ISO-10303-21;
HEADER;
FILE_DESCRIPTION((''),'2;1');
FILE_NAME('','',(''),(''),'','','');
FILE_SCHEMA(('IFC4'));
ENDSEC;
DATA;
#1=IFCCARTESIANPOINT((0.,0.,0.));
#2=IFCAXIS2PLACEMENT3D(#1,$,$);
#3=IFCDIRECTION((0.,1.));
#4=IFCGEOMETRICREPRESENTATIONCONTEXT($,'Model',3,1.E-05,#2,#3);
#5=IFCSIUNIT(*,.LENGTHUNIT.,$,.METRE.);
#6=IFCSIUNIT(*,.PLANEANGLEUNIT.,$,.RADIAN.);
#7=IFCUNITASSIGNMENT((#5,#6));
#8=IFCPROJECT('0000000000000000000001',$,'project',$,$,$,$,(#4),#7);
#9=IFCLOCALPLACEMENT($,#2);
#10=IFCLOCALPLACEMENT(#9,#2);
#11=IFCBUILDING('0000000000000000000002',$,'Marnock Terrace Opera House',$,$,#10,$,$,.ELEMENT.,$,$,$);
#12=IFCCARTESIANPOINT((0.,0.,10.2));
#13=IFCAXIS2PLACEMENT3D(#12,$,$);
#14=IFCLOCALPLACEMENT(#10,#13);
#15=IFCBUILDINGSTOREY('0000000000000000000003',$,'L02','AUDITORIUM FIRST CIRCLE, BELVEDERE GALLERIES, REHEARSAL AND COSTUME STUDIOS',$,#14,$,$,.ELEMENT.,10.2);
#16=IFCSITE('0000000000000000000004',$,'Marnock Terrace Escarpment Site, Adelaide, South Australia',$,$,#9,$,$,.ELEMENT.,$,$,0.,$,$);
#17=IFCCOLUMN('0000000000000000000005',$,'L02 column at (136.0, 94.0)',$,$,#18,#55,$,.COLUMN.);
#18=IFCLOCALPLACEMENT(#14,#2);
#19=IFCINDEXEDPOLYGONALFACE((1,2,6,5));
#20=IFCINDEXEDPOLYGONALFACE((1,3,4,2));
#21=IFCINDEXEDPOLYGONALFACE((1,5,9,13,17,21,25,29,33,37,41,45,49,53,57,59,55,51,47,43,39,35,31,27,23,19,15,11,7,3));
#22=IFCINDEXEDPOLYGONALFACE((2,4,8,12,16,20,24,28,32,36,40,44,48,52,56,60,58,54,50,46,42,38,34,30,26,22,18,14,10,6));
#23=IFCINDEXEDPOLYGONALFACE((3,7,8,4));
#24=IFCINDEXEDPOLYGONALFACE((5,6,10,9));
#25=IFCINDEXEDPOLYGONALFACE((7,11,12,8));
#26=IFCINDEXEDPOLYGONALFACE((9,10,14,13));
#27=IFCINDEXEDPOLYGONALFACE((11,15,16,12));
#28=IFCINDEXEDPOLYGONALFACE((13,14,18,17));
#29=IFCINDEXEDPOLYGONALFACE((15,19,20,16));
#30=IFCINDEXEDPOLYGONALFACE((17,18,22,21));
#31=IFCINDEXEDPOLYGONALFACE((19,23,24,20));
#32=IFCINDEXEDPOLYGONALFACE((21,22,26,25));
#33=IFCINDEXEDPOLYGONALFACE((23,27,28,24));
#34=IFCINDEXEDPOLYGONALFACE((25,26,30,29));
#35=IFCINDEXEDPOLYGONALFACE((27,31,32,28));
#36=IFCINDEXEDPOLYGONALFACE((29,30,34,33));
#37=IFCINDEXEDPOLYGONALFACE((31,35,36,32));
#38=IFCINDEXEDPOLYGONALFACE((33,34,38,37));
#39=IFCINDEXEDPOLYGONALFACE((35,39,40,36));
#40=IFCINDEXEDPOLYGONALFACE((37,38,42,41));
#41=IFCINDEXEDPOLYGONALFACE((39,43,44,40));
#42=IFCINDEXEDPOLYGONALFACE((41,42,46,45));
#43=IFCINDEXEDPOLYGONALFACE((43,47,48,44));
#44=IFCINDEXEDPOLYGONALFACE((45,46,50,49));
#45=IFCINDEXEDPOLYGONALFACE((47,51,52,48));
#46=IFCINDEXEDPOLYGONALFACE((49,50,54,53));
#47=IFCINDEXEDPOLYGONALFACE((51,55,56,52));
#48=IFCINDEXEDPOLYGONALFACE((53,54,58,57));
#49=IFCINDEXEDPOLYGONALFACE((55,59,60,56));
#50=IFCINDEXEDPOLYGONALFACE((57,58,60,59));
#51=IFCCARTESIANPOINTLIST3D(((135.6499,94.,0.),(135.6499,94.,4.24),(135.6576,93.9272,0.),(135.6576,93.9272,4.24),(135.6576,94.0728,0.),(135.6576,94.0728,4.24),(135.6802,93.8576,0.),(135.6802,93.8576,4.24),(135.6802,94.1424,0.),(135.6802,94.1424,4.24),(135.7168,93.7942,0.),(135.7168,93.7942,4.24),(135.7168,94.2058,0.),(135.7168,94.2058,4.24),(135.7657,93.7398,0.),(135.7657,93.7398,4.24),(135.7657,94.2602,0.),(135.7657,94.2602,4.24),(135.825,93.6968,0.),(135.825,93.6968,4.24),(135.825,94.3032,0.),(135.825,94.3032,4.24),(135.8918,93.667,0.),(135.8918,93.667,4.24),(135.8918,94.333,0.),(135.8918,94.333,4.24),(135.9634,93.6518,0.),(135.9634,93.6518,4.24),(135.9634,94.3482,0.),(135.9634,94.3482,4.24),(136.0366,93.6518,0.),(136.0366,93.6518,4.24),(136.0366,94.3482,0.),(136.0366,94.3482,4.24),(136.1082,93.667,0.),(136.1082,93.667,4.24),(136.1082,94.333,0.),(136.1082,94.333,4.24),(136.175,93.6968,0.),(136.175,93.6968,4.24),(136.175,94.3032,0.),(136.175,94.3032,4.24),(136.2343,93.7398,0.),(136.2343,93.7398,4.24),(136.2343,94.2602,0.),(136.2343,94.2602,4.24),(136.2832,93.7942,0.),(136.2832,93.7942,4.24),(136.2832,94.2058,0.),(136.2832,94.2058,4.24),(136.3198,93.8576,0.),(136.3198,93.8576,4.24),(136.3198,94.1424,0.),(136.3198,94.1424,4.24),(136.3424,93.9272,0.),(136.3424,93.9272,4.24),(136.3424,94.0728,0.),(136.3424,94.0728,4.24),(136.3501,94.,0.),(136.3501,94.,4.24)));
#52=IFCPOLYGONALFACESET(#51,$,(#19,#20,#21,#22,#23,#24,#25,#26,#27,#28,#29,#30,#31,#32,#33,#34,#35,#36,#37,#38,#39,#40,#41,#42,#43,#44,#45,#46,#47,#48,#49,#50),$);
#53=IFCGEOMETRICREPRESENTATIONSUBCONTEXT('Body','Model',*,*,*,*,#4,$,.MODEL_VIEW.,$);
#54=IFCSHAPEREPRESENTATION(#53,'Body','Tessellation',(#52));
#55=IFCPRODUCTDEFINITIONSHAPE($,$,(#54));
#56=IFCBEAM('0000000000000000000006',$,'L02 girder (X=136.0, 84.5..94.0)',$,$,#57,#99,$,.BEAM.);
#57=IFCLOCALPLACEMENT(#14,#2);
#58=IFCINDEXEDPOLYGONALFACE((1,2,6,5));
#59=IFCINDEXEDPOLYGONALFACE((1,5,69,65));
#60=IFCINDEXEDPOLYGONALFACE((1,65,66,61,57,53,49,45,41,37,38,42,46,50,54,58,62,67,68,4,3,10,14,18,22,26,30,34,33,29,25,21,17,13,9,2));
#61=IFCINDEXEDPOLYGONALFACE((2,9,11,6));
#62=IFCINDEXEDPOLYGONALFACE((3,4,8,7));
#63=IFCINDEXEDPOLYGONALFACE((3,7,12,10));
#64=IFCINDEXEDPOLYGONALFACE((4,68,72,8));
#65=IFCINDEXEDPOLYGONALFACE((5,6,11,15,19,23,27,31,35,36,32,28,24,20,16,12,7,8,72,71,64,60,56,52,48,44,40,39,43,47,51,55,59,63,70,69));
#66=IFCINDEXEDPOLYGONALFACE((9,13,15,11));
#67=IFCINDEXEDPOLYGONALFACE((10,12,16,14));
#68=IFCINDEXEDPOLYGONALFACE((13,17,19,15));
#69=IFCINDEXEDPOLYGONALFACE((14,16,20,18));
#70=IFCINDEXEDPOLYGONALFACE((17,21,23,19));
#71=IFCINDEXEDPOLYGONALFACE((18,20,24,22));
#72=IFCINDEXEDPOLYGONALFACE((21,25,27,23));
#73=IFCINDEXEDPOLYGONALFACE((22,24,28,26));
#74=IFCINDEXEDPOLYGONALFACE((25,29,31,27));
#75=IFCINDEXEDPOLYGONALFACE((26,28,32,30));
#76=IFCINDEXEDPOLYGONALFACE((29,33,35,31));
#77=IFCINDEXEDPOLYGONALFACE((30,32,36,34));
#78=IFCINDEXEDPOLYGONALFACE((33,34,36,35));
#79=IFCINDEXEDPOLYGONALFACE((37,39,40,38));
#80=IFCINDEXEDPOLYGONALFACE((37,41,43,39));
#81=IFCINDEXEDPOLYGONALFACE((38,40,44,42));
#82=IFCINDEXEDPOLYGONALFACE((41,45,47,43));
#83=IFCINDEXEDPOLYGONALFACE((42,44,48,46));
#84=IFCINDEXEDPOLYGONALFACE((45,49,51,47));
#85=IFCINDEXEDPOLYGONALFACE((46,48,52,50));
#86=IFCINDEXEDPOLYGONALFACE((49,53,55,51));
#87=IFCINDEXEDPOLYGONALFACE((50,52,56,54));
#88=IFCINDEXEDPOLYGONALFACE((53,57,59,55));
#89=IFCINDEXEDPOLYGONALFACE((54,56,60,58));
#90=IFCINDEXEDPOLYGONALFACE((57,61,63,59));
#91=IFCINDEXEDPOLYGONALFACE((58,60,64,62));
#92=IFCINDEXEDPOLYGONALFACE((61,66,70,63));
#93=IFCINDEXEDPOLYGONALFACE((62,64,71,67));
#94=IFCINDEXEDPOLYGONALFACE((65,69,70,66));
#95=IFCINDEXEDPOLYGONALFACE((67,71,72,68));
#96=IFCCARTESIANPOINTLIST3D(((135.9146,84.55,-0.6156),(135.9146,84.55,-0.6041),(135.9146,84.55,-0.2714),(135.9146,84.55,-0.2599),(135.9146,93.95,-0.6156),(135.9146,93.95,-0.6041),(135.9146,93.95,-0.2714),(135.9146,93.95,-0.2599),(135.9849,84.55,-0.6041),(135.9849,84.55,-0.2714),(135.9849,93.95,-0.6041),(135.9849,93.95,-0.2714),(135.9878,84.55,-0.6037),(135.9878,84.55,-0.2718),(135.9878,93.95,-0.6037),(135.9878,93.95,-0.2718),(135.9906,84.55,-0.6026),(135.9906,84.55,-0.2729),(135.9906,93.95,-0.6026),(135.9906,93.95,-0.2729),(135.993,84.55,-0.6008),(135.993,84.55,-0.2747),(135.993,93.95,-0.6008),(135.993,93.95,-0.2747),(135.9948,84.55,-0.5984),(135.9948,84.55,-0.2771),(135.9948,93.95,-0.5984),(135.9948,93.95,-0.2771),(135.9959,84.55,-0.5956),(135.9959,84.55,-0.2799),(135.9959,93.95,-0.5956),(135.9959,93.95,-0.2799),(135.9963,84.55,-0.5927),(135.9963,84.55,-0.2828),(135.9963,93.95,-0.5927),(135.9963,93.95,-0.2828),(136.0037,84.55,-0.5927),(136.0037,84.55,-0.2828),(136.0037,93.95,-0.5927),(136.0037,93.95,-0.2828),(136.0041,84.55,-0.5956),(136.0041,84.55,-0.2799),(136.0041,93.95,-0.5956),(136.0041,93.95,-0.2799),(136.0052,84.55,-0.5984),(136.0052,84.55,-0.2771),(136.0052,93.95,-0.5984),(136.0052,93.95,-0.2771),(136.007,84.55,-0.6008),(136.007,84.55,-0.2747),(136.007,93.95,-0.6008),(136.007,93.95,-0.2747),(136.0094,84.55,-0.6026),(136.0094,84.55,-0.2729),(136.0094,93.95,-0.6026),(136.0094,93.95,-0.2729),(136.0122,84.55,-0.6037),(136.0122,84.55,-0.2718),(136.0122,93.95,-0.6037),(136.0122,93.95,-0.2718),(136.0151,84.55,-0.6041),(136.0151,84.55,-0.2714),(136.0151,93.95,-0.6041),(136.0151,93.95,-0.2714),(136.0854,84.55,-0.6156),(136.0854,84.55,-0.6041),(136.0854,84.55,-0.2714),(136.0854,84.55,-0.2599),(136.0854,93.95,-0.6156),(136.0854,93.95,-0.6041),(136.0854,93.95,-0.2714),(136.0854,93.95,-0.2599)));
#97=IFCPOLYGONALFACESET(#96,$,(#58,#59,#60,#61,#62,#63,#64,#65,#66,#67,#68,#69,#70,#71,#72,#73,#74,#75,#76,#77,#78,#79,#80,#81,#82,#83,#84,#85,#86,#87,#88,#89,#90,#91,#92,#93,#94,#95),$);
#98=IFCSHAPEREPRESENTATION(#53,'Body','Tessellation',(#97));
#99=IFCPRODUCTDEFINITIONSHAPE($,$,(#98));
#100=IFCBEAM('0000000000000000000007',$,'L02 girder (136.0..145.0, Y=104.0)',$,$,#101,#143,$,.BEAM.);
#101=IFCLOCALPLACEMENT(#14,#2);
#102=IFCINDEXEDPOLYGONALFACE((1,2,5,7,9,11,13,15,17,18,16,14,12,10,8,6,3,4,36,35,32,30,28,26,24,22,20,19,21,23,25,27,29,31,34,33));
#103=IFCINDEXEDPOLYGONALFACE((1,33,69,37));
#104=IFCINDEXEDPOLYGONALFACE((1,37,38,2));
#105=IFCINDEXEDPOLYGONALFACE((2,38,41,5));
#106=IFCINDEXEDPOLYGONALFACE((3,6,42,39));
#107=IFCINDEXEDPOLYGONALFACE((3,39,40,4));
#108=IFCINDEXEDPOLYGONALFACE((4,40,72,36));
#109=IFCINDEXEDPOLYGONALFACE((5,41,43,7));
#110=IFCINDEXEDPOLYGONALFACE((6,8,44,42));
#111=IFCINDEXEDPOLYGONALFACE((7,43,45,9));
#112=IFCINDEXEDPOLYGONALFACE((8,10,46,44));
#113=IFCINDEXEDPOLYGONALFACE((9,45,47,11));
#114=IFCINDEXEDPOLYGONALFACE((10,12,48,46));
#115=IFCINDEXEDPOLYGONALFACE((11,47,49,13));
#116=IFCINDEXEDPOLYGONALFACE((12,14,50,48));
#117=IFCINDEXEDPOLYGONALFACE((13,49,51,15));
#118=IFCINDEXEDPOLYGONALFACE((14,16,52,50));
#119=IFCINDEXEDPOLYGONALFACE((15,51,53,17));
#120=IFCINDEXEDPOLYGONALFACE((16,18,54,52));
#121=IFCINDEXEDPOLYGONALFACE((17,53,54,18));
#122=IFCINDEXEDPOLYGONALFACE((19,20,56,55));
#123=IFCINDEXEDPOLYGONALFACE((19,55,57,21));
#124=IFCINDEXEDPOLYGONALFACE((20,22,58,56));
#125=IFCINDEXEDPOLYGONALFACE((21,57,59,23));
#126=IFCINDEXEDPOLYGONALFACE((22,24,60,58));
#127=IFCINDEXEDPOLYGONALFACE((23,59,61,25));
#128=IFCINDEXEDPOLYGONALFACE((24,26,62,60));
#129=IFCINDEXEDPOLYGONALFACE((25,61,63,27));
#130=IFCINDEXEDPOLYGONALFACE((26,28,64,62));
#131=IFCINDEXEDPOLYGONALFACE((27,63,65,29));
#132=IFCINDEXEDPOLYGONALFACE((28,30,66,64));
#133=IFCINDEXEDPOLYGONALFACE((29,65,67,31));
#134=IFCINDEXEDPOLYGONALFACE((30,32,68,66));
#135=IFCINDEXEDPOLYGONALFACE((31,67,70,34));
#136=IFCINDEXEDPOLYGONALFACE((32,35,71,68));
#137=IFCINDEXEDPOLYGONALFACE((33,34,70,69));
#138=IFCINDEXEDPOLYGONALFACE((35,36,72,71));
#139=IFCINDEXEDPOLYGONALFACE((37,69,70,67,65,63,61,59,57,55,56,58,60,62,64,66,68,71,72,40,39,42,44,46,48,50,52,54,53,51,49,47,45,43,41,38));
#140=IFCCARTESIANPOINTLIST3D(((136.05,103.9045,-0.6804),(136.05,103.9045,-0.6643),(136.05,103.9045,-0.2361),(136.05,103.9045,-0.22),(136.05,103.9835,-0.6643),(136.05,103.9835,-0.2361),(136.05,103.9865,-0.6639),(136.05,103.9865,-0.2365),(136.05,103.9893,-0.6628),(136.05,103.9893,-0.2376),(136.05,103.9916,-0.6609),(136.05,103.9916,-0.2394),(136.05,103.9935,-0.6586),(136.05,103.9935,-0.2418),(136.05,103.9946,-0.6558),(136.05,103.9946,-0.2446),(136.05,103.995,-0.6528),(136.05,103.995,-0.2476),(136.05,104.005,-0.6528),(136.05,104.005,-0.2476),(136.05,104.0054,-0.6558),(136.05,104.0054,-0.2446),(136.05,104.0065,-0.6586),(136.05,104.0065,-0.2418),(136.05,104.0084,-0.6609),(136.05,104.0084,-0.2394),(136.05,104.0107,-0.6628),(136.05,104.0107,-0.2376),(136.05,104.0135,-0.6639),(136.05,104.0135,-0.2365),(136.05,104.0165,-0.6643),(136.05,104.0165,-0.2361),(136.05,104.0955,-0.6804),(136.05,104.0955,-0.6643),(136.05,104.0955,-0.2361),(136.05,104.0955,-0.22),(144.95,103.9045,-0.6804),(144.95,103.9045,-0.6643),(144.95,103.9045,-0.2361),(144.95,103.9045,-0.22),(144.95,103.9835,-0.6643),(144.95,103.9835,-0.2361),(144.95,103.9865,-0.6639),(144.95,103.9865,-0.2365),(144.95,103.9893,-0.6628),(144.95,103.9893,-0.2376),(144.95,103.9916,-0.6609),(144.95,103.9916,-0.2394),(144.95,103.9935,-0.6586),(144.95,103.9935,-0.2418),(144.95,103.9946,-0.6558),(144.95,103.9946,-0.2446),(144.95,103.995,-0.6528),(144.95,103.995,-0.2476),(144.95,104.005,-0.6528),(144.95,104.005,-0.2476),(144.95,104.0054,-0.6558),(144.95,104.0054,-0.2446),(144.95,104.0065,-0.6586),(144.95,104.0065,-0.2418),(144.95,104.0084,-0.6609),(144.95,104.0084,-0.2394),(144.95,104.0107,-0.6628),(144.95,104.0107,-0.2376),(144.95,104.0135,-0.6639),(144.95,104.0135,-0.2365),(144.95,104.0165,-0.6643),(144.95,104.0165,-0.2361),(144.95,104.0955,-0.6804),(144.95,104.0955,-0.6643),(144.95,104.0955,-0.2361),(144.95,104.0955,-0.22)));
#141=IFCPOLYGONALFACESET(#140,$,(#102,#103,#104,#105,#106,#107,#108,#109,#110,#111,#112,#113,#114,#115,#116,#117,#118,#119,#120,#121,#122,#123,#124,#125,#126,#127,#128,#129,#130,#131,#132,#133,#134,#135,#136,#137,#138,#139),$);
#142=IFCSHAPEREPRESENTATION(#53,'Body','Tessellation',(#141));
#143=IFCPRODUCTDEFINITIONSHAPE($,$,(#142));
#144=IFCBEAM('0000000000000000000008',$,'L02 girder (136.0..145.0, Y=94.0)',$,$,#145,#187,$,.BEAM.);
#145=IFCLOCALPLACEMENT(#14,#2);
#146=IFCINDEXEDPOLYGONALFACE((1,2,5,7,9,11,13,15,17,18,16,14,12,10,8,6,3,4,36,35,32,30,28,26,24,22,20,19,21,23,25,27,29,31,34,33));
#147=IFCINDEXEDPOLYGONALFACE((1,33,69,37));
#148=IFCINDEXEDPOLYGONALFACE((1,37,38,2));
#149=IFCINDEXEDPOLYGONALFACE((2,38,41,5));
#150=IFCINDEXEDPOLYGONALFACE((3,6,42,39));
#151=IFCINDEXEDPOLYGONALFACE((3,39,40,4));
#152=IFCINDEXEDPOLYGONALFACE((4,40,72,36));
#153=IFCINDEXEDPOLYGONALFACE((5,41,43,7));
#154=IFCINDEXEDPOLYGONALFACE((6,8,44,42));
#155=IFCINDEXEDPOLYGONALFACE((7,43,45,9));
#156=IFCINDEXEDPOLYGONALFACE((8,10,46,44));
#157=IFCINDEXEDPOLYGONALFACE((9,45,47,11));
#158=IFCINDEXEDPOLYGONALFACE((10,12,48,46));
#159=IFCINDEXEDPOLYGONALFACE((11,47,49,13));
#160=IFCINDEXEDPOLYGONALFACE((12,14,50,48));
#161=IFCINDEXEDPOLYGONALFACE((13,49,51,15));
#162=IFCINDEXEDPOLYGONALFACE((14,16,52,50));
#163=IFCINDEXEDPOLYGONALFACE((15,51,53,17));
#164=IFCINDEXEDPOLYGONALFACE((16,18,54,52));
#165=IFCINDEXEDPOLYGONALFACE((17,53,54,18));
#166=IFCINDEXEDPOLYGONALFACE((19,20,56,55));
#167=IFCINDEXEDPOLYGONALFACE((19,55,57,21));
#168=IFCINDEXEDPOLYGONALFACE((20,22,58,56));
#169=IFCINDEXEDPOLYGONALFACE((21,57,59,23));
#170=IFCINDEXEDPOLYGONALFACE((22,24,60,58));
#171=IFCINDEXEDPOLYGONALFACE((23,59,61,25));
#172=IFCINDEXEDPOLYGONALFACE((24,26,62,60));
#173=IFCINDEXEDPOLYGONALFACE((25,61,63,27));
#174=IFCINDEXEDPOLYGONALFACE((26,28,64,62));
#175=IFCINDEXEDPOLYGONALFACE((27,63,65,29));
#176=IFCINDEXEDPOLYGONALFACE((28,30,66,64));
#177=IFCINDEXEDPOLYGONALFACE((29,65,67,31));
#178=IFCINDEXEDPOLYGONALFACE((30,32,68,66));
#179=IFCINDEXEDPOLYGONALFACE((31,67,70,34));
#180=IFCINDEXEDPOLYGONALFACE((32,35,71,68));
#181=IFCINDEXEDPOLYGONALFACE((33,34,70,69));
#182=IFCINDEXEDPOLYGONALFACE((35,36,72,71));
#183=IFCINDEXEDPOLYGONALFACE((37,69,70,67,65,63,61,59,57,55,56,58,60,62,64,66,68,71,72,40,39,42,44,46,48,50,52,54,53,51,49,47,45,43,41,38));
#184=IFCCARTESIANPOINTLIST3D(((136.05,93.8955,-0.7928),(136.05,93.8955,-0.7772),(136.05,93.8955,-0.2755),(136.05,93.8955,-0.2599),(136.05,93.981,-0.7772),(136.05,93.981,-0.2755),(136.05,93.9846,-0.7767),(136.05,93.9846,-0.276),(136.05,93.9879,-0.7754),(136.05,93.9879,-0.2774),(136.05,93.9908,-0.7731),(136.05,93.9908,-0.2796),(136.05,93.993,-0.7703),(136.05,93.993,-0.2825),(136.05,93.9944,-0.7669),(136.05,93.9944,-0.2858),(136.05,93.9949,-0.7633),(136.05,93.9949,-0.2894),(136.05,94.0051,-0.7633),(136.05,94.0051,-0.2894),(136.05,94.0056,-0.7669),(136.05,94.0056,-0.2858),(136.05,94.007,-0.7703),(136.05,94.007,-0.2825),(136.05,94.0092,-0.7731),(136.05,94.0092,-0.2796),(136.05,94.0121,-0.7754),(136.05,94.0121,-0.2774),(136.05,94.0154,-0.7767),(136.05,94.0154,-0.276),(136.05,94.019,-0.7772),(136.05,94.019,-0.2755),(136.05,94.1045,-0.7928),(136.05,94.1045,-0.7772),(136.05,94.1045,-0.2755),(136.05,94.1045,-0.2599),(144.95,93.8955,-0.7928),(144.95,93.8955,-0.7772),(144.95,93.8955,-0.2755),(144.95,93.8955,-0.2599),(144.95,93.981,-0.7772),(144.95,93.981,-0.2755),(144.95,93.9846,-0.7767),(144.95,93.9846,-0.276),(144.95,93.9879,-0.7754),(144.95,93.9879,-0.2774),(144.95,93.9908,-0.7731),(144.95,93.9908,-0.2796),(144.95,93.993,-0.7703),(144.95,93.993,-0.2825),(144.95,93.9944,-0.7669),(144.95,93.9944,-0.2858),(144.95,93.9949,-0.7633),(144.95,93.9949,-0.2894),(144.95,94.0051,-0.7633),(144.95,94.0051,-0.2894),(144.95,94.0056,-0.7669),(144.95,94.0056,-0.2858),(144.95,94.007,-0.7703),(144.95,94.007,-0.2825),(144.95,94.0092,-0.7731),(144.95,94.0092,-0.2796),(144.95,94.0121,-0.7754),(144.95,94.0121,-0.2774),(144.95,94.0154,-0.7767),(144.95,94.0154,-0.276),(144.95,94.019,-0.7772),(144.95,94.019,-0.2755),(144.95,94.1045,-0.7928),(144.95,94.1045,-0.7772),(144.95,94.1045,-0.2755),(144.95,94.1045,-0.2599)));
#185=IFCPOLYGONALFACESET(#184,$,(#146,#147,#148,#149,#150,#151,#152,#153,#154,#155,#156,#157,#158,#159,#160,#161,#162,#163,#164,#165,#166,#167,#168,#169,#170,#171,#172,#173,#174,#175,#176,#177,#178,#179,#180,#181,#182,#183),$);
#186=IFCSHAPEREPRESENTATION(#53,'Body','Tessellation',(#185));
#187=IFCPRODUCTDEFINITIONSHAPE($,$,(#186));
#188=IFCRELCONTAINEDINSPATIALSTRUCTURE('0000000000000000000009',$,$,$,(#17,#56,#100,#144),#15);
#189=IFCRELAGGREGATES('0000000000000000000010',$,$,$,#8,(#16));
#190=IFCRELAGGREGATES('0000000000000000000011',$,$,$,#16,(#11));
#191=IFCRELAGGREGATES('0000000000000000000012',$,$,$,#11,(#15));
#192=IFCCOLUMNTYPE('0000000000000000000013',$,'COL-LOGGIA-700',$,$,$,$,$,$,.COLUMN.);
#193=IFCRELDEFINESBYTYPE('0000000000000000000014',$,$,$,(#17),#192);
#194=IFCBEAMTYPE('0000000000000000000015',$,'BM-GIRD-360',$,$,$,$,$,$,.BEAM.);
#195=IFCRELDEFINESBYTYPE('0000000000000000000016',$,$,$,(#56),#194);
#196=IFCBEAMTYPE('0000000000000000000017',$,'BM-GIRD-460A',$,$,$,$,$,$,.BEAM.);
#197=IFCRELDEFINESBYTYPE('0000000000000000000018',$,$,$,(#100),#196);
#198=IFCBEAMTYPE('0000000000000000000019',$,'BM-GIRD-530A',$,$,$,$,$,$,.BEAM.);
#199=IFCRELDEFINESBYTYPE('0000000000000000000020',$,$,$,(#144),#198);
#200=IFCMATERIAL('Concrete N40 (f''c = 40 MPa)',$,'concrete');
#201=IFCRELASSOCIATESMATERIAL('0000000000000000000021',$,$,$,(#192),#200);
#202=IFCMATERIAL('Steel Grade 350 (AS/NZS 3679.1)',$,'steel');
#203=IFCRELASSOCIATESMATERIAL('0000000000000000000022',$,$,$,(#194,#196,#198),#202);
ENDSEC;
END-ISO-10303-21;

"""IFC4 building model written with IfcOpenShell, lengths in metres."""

from ifc_helpers import new_model, si_unit, direction, frame, origin, origin_2d, place, context, subcontext, project, spatial, circle, i_section, extrude, material, material_profile, profile_set, type_object, element, save


model = new_model("IFC4")

# Units and contexts
model_context = context("Model", 3, precision=1e-05, world=origin(), true_north=direction((0.0, 1.0)))
body_context = subcontext(model_context, "Body", "Model", "MODEL_VIEW")
ifc_project = project(units=[si_unit("LENGTHUNIT", "METRE"), si_unit("PLANEANGLEUNIT", "RADIAN")], contexts=[model_context])

# Site, building, storey
site_placement = place(None, origin())
site = spatial("IfcSite", under=ifc_project, at=site_placement, Name="Marnock Terrace Escarpment Site, Adelaide, South Australia", CompositionType="ELEMENT", RefElevation=0.0)
building_placement = place(site_placement, origin())
building = spatial("IfcBuilding", under=site, at=building_placement, Name="Marnock Terrace Opera House", CompositionType="ELEMENT")
storey_placement = place(building_placement, frame((0.0, 0.0, 10.2)))
storey = spatial("IfcBuildingStorey", under=building, at=storey_placement, Name="L02", Description="AUDITORIUM FIRST CIRCLE, BELVEDERE GALLERIES, REHEARSAL AND COSTUME STUDIOS", CompositionType="ELEMENT", Elevation=10.2)

# Column
ifc_material_1 = material(Name="Concrete N40 (f'c = 40 MPa)", Category="concrete")
ifc_material_profile_1 = material_profile(ifc_material_1, circle(Radius=0.3501, at=origin_2d()))
ifc_profile_set_1 = profile_set([ifc_material_profile_1], Name="Concrete N40 (f'c = 40 MPa)")
column_type = type_object("IfcColumnType", Name="COL-LOGGIA-700", PredefinedType="COLUMN", material=ifc_profile_set_1)
column_placement = place(storey_placement, frame((136.0, 94.0, 0.0), z_axis=(0.0, 0.0, 1.0), x_axis=(1.0, 0.0, 0.0)))
element("IfcColumn", 1, at=column_placement, inside=storey, type_object=column_type, Name="L02 column at (136.0, 94.0)", PredefinedType="COLUMN", context=body_context, shape_type="SweptSolid", body=[
    extrude(circle(Radius=0.3501, at=origin_2d()), origin(), (0.0, 0.0, 1.0), 4.24),
])

# Beams
ifc_material_2 = material(Name="Steel Grade 350 (AS/NZS 3679.1)", Category="steel")
ifc_material_profile_2 = material_profile(ifc_material_2, i_section(OverallWidth=0.1709, OverallDepth=0.3557, WebThickness=0.0073, FlangeThickness=0.0115, FilletRadius=0.0115, at=origin_2d()))
ifc_profile_set_2 = profile_set([ifc_material_profile_2], Name="Steel Grade 350 (AS/NZS 3679.1)")
beam_type_1 = type_object("IfcBeamType", Name="BM-GIRD-360", PredefinedType="BEAM", material=ifc_profile_set_2)
beam_1_placement = place(storey_placement, frame((136.0, 84.55, -0.4377), z_axis=(0.0, 1.0, 0.0), x_axis=(-1.0, 0.0, 0.0)))
element("IfcBeam", 2, at=beam_1_placement, inside=storey, type_object=beam_type_1, Name="L02 girder (X=136.0, 84.5..94.0)", PredefinedType="BEAM", context=body_context, shape_type="SweptSolid", body=[
    extrude(i_section(OverallWidth=0.1709, OverallDepth=0.3557, WebThickness=0.0073, FlangeThickness=0.0115, FilletRadius=0.0115, at=origin_2d()), origin(), (0.0, 0.0, 1.0), 9.3999),
])
ifc_material_profile_3 = material_profile(ifc_material_2, i_section(OverallWidth=0.1909, OverallDepth=0.4604, WebThickness=0.01, FlangeThickness=0.0161, FilletRadius=0.0115, at=origin_2d()))
ifc_profile_set_3 = profile_set([ifc_material_profile_3], Name="Steel Grade 350 (AS/NZS 3679.1)")
beam_type_2 = type_object("IfcBeamType", Name="BM-GIRD-460A", PredefinedType="BEAM", material=ifc_profile_set_3)
beam_2_placement = place(storey_placement, frame((136.05, 104.0, -0.4502), z_axis=(1.0, 0.0, 0.0), x_axis=(0.0, 1.0, 0.0)))
element("IfcBeam", 3, at=beam_2_placement, inside=storey, type_object=beam_type_2, Name="L02 girder (136.0..145.0, Y=104.0)", PredefinedType="BEAM", context=body_context, shape_type="SweptSolid", body=[
    extrude(i_section(OverallWidth=0.1909, OverallDepth=0.4604, WebThickness=0.01, FlangeThickness=0.0161, FilletRadius=0.0115, at=origin_2d()), origin(), (0.0, 0.0, 1.0), 8.8999),
])
ifc_material_profile_4 = material_profile(ifc_material_2, i_section(OverallWidth=0.209, OverallDepth=0.533, WebThickness=0.0103, FlangeThickness=0.0156, FilletRadius=0.0139, at=origin_2d()))
ifc_profile_set_4 = profile_set([ifc_material_profile_4], Name="Steel Grade 350 (AS/NZS 3679.1)")
beam_type_3 = type_object("IfcBeamType", Name="BM-GIRD-530A", PredefinedType="BEAM", material=ifc_profile_set_4)
beam_3_placement = place(storey_placement, frame((136.05, 94.0, -0.5264), z_axis=(1.0, 0.0, 0.0), x_axis=(0.0, 1.0, 0.0)))
element("IfcBeam", 4, at=beam_3_placement, inside=storey, type_object=beam_type_3, Name="L02 girder (136.0..145.0, Y=94.0)", PredefinedType="BEAM", context=body_context, shape_type="SweptSolid", body=[
    extrude(i_section(OverallWidth=0.209, OverallDepth=0.533, WebThickness=0.0103, FlangeThickness=0.0156, FilletRadius=0.0139, at=origin_2d()), origin(), (0.0, 0.0, 1.0), 8.8999),
])

save(model, "model.ifc")
